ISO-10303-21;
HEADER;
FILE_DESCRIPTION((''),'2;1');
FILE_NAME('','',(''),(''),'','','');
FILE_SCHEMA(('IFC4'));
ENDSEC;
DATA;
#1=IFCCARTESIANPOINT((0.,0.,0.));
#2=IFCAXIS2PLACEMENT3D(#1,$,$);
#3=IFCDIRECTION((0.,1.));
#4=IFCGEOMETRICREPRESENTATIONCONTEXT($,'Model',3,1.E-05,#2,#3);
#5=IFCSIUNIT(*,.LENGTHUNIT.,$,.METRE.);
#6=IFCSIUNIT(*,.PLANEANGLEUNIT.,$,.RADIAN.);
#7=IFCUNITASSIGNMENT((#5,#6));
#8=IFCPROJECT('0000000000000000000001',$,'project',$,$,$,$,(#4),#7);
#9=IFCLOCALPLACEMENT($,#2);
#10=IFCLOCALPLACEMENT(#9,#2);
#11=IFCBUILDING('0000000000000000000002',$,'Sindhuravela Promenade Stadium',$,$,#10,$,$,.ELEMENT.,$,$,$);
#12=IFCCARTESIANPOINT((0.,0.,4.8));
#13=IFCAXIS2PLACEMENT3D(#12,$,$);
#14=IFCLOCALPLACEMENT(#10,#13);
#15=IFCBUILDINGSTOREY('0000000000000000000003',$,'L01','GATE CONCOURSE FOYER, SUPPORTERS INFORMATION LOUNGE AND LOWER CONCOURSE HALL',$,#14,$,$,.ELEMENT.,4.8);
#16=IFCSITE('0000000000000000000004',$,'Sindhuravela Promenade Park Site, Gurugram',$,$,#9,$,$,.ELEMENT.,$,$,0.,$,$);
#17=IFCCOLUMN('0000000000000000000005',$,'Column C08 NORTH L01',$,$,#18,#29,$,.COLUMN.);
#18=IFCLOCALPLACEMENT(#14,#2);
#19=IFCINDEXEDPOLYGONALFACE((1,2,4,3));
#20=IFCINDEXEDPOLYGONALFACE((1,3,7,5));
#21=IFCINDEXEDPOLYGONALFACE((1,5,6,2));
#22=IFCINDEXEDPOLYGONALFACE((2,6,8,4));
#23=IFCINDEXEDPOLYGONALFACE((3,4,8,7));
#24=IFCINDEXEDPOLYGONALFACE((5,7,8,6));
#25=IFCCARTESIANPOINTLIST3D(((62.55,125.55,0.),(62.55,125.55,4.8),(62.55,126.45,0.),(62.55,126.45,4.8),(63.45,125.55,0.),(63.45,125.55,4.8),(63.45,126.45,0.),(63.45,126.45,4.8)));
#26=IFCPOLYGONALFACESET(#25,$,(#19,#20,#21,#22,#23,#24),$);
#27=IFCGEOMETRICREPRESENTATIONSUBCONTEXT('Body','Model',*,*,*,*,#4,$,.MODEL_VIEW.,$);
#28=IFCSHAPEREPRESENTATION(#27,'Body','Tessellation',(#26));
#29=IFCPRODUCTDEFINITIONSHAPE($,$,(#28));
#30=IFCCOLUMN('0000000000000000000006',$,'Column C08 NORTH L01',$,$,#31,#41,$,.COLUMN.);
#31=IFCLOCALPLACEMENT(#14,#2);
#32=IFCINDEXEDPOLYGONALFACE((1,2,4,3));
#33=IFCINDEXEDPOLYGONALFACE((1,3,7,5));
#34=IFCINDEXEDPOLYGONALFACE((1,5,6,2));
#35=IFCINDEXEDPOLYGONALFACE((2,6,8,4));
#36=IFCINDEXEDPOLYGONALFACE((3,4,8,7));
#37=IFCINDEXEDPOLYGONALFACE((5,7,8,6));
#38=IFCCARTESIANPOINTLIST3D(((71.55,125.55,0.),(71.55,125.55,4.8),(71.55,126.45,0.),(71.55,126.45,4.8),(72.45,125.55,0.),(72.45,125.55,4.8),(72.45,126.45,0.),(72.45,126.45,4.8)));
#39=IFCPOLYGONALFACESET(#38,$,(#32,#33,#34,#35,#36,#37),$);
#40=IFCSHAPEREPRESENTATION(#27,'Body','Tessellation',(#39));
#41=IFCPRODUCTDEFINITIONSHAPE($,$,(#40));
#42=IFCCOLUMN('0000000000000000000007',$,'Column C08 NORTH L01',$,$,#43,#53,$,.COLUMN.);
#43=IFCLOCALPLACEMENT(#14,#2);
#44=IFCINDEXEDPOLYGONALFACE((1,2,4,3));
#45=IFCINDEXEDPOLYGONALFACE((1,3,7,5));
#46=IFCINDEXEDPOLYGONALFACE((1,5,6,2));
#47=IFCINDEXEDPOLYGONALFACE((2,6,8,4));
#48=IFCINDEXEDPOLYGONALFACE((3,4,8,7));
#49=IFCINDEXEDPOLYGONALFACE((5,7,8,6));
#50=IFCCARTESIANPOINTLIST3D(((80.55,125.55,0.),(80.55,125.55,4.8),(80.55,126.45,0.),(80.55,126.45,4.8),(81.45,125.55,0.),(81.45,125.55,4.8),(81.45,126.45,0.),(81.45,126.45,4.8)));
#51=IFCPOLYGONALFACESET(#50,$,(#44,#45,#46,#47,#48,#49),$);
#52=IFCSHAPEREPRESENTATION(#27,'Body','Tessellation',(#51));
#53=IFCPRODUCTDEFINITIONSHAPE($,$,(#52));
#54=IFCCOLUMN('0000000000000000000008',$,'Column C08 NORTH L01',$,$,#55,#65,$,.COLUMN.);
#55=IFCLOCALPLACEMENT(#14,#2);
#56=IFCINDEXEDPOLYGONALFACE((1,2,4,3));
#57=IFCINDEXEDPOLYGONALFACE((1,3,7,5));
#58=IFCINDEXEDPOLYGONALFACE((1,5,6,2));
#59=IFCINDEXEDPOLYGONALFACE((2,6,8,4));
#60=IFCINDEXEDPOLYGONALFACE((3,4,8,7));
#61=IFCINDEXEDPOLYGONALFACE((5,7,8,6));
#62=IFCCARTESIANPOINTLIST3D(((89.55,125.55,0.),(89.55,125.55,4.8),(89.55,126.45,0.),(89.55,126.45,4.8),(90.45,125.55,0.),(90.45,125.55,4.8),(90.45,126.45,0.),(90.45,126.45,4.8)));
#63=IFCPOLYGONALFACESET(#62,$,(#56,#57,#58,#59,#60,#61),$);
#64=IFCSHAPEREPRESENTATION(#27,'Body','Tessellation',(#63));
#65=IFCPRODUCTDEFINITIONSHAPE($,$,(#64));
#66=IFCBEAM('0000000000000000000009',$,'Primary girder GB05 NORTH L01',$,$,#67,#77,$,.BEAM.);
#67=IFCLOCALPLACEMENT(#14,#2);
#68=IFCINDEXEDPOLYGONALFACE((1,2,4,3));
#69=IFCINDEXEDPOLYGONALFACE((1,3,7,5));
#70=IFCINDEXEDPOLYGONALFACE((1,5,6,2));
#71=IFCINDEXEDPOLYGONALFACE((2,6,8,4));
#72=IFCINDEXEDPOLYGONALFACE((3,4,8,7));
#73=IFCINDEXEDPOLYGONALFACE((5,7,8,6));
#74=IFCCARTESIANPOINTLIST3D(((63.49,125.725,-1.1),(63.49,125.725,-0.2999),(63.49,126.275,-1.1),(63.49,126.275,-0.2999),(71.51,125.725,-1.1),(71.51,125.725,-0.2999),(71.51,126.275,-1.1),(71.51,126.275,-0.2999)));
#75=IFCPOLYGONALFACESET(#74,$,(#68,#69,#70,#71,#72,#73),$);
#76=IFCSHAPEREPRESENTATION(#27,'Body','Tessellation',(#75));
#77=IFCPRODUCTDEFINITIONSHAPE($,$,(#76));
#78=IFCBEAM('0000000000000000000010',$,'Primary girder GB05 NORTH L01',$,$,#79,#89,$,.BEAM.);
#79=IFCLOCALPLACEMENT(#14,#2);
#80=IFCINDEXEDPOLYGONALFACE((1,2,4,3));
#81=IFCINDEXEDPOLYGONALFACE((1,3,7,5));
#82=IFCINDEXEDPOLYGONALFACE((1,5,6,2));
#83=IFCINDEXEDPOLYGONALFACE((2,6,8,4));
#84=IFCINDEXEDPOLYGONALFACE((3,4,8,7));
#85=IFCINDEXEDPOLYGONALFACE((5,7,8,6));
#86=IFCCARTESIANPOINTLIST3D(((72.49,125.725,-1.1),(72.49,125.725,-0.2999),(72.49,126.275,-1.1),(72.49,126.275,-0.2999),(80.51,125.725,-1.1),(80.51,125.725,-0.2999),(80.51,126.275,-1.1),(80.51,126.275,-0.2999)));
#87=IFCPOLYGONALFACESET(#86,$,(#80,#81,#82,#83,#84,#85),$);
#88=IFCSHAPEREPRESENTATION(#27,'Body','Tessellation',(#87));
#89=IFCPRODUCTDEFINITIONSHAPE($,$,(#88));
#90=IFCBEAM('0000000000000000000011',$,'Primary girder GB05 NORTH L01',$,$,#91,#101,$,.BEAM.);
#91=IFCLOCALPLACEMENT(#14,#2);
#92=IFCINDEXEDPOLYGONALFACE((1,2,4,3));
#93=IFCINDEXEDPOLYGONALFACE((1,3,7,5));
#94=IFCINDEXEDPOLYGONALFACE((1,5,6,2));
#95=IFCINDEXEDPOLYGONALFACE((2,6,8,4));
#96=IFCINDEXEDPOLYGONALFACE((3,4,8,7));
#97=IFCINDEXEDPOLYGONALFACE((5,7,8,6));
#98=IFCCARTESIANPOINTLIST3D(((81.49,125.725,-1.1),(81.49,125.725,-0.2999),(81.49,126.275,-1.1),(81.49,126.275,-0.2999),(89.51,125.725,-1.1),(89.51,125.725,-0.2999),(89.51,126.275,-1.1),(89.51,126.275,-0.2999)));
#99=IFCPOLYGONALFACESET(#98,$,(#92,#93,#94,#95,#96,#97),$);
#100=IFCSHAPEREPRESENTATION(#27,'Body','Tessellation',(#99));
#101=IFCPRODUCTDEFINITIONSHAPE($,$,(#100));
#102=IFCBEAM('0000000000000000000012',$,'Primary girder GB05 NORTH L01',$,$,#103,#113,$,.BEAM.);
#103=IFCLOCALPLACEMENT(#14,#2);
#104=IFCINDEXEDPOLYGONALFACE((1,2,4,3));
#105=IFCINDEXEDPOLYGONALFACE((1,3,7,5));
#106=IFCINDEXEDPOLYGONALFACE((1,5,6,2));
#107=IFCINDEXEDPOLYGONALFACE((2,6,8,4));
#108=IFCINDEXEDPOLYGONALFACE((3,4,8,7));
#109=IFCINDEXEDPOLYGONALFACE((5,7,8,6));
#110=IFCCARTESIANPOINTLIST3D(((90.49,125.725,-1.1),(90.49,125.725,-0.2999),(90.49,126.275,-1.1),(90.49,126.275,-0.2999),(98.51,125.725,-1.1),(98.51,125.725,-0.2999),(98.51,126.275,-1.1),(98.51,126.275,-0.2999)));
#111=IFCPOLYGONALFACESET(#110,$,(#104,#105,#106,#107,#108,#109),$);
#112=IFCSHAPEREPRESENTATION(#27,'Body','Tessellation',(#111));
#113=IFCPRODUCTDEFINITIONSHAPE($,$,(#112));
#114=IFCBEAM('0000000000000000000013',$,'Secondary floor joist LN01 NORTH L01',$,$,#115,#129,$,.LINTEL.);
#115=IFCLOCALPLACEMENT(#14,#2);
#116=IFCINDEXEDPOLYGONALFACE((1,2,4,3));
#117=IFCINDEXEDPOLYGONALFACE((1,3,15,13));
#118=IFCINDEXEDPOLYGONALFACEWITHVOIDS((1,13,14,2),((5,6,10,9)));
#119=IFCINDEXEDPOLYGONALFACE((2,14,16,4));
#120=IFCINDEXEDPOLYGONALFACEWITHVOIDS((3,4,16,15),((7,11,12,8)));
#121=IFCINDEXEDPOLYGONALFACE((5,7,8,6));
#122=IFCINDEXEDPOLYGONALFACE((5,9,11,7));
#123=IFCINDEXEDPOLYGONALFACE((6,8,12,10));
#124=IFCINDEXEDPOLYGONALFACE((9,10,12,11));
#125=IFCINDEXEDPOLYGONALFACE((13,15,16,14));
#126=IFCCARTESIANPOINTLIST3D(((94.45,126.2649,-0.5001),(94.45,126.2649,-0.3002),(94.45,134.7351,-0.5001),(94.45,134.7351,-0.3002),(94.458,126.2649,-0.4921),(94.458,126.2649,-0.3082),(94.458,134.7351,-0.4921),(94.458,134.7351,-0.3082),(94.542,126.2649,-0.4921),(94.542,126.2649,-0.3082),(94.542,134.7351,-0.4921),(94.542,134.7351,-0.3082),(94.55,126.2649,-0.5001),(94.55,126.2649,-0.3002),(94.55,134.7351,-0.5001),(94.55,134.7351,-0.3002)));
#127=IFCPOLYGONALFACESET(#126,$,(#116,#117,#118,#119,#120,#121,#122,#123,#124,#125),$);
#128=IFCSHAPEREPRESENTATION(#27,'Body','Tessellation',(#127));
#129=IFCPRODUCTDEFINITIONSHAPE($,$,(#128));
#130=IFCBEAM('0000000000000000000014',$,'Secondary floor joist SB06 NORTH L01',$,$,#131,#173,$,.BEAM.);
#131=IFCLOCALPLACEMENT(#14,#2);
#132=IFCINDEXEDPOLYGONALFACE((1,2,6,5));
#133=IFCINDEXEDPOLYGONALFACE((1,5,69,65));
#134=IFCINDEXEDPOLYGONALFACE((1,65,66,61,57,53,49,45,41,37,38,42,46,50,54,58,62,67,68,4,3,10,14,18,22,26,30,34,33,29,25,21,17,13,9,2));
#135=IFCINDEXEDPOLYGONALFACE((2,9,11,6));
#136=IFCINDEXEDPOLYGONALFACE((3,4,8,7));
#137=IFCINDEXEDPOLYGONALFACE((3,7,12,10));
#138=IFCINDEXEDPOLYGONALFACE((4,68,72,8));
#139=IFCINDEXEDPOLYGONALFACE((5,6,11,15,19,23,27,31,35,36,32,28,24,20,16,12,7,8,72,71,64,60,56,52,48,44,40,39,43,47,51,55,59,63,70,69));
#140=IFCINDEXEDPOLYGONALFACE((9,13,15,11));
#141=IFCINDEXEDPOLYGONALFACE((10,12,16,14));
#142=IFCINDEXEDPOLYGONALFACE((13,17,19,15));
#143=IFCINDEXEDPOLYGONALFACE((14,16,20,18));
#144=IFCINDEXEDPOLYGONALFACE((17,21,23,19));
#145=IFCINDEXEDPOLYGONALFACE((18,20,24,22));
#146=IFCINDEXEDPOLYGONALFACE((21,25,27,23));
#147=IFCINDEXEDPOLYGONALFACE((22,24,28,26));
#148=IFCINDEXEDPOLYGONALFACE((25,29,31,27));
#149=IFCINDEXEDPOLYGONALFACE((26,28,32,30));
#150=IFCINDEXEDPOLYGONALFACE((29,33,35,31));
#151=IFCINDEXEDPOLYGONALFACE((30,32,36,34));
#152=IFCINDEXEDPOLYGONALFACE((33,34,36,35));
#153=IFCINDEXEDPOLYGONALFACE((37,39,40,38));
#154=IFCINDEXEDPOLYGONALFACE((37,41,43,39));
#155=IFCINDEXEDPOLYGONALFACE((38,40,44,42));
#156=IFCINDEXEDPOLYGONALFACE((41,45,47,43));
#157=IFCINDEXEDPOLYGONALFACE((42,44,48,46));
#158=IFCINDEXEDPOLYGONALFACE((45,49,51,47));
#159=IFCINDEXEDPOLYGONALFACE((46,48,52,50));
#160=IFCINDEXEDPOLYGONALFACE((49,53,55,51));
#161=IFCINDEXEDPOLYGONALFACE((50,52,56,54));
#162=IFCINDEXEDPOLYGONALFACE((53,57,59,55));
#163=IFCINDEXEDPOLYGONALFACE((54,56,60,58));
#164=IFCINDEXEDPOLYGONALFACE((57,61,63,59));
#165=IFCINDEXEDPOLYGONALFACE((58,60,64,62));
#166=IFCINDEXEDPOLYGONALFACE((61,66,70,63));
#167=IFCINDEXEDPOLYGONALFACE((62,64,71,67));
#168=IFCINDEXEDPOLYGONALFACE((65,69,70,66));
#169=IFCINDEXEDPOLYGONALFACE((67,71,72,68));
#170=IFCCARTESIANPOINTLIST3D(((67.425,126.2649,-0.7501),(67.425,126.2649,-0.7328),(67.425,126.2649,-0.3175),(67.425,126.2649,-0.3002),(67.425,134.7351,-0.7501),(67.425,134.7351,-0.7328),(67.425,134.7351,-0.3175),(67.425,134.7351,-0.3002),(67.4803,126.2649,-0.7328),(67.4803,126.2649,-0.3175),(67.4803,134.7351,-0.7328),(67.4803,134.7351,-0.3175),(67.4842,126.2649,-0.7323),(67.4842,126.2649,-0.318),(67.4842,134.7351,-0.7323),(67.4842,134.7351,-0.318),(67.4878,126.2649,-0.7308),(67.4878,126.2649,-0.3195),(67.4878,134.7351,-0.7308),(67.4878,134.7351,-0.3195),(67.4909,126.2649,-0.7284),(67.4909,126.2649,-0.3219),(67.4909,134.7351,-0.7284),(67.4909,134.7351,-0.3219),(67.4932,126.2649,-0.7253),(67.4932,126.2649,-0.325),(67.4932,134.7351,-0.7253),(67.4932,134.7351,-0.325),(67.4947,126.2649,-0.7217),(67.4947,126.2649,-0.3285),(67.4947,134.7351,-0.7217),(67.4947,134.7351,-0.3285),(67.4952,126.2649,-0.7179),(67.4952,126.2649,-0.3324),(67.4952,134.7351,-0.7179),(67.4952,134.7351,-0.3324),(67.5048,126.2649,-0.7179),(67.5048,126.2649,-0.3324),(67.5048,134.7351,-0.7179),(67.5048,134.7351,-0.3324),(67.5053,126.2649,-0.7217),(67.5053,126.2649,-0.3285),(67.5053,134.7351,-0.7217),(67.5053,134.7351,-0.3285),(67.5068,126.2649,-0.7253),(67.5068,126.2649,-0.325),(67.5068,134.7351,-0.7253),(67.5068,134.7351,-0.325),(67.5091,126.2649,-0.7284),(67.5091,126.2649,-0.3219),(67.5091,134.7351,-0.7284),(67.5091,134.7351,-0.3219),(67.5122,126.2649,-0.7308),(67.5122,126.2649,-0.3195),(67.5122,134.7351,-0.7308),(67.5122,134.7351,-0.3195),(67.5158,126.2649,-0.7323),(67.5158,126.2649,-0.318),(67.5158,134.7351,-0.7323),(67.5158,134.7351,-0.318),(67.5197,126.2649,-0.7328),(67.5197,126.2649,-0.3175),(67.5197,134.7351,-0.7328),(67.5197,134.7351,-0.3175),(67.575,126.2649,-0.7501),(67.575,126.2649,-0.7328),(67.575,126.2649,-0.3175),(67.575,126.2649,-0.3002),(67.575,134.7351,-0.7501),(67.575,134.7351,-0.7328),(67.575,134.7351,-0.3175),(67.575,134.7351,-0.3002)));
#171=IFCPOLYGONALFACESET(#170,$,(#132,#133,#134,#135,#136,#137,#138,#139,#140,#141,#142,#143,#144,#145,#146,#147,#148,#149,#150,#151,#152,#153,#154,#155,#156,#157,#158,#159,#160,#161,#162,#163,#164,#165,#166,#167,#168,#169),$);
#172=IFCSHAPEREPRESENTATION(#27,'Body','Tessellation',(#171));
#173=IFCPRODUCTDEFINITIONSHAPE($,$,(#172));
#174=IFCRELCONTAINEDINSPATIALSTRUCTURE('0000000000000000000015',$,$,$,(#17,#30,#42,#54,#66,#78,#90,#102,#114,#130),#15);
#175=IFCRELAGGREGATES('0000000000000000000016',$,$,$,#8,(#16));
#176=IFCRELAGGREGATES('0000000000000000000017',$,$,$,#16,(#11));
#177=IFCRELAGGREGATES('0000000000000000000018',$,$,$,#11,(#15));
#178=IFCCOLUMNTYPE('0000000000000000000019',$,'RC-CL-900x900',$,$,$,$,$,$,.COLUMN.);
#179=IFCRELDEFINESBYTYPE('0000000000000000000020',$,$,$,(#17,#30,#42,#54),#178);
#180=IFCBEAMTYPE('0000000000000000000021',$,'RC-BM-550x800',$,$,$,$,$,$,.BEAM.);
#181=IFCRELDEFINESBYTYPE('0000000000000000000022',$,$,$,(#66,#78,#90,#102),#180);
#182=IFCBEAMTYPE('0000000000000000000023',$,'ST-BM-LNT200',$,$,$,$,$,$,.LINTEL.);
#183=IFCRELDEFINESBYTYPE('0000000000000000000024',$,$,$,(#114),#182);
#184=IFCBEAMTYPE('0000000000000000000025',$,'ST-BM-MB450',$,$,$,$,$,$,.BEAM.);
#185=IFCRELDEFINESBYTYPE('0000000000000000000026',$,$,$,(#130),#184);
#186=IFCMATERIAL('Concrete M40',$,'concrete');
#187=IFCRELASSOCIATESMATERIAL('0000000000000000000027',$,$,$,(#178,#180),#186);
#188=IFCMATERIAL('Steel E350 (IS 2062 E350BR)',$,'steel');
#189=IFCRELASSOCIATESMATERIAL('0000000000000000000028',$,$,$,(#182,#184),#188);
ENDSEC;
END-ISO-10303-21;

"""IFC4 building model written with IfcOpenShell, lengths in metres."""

from ifc_helpers import new_model, si_unit, direction, frame, origin, origin_2d, place, context, subcontext, project, spatial, rectangle, hollow_rectangle, i_section, extrude, material, material_profile, profile_set, type_object, element, save


model = new_model("IFC4")

# Units and contexts
model_context = context("Model", 3, precision=1e-05, world=origin(), true_north=direction((0.0, 1.0)))
body_context = subcontext(model_context, "Body", "Model", "MODEL_VIEW")
ifc_project = project(units=[si_unit("LENGTHUNIT", "METRE"), si_unit("PLANEANGLEUNIT", "RADIAN")], contexts=[model_context])

# Site, building, storey
site_placement = place(None, origin())
site = spatial("IfcSite", under=ifc_project, at=site_placement, Name="Sindhuravela Promenade Park Site, Gurugram", CompositionType="ELEMENT", RefElevation=0.0)
building_placement = place(site_placement, origin())
building = spatial("IfcBuilding", under=site, at=building_placement, Name="Sindhuravela Promenade Stadium", CompositionType="ELEMENT")
storey_placement = place(building_placement, frame((0.0, 0.0, 4.8)))
storey = spatial("IfcBuildingStorey", under=building, at=storey_placement, Name="L01", Description="GATE CONCOURSE FOYER, SUPPORTERS INFORMATION LOUNGE AND LOWER CONCOURSE HALL", CompositionType="ELEMENT", Elevation=4.8)

# Columns
ifc_material_1 = material(Name="Concrete M40", Category="concrete")
ifc_material_profile_1 = material_profile(ifc_material_1, rectangle(XDim=0.8999, YDim=0.8999, at=origin_2d()), Name="RC 900x900")
ifc_profile_set_1 = profile_set([ifc_material_profile_1], Name="Concrete M40")
column_type = type_object("IfcColumnType", Name="RC-CL-900x900", PredefinedType="COLUMN", material=ifc_profile_set_1)
for number, where, z_axis, x_axis, name in (
    (1, (63.0, 126.0, 0.0), (0.0, 0.0, 1.0), (1.0, 0.0, 0.0), "Column C08 NORTH L01"),
    (2, (72.0, 126.0, 0.0), (0.0, 0.0, 1.0), (1.0, 0.0, 0.0), "Column C08 NORTH L01"),
    (3, (81.0, 126.0, 0.0), (0.0, 0.0, 1.0), (1.0, 0.0, 0.0), "Column C08 NORTH L01"),
    (4, (90.0, 126.0, 0.0), (0.0, 0.0, 1.0), (1.0, 0.0, 0.0), "Column C08 NORTH L01"),
):
    element("IfcColumn", number, at=place(storey_placement, frame(where, z_axis=z_axis, x_axis=x_axis)), inside=storey, type_object=column_type, Name=name, PredefinedType="COLUMN", context=body_context, shape_type="SweptSolid", body=[
        extrude(rectangle(XDim=0.8999, YDim=0.8999, at=origin_2d()), origin(), (0.0, 0.0, 1.0), 4.8),
    ])

# Beams
ifc_material_profile_2 = material_profile(ifc_material_1, rectangle(XDim=0.55, YDim=0.8, at=origin_2d()), Name="RC 550x800")
ifc_profile_set_2 = profile_set([ifc_material_profile_2], Name="Concrete M40")
beam_type_1 = type_object("IfcBeamType", Name="RC-BM-550x800", PredefinedType="BEAM", material=ifc_profile_set_2)
for number, where, z_axis, x_axis, name in (
    (5, (63.49, 126.0, -0.7), (1.0, 0.0, 0.0), (0.0, 1.0, 0.0), "Primary girder GB05 NORTH L01"),
    (6, (72.49, 126.0, -0.7), (1.0, 0.0, 0.0), (0.0, 1.0, 0.0), "Primary girder GB05 NORTH L01"),
    (7, (81.49, 126.0, -0.7), (1.0, 0.0, 0.0), (0.0, 1.0, 0.0), "Primary girder GB05 NORTH L01"),
    (8, (90.49, 126.0, -0.7), (1.0, 0.0, 0.0), (0.0, 1.0, 0.0), "Primary girder GB05 NORTH L01"),
):
    element("IfcBeam", number, at=place(storey_placement, frame(where, z_axis=z_axis, x_axis=x_axis)), inside=storey, type_object=beam_type_1, Name=name, PredefinedType="BEAM", context=body_context, shape_type="SweptSolid", body=[
        extrude(rectangle(XDim=0.55, YDim=0.8, at=origin_2d()), origin(), (0.0, 0.0, 1.0), 8.02),
    ])
ifc_material_2 = material(Name="Steel E350 (IS 2062 E350BR)", Category="steel")
ifc_material_profile_3 = material_profile(ifc_material_2, hollow_rectangle(XDim=0.1001, YDim=0.2, WallThickness=0.0081, at=origin_2d()), Name="RHS 200x100x8")
ifc_profile_set_3 = profile_set([ifc_material_profile_3], Name="Steel E350 (IS 2062 E350BR)")
beam_type_2 = type_object("IfcBeamType", Name="ST-BM-LNT200", PredefinedType="LINTEL", material=ifc_profile_set_3)
beam_1_placement = place(storey_placement, frame((94.5, 126.2649, -0.4001), z_axis=(0.0, 1.0, 0.0), x_axis=(-1.0, 0.0, 0.0)))
element("IfcBeam", 9, at=beam_1_placement, inside=storey, type_object=beam_type_2, Name="Secondary floor joist LN01 NORTH L01", PredefinedType="LINTEL", context=body_context, shape_type="SweptSolid", body=[
    extrude(hollow_rectangle(XDim=0.1001, YDim=0.2, WallThickness=0.0081, at=origin_2d()), origin(), (0.0, 0.0, 1.0), 8.4702),
])
ifc_material_profile_4 = material_profile(ifc_material_2, i_section(OverallWidth=0.1499, OverallDepth=0.45, WebThickness=0.0095, FlangeThickness=0.0173, FilletRadius=0.0149, at=origin_2d()), Name="ISMB 450")
ifc_profile_set_4 = profile_set([ifc_material_profile_4], Name="Steel E350 (IS 2062 E350BR)")
beam_type_3 = type_object("IfcBeamType", Name="ST-BM-MB450", PredefinedType="BEAM", material=ifc_profile_set_4)
beam_2_placement = place(storey_placement, frame((67.5, 126.2649, -0.5251), z_axis=(0.0, 1.0, 0.0), x_axis=(-1.0, 0.0, 0.0)))
element("IfcBeam", 10, at=beam_2_placement, inside=storey, type_object=beam_type_3, Name="Secondary floor joist SB06 NORTH L01", PredefinedType="BEAM", context=body_context, shape_type="SweptSolid", body=[
    extrude(i_section(OverallWidth=0.1499, OverallDepth=0.45, WebThickness=0.0095, FlangeThickness=0.0173, FilletRadius=0.0149, at=origin_2d()), origin(), (0.0, 0.0, 1.0), 8.4702),
])

save(model, "model.ifc")
